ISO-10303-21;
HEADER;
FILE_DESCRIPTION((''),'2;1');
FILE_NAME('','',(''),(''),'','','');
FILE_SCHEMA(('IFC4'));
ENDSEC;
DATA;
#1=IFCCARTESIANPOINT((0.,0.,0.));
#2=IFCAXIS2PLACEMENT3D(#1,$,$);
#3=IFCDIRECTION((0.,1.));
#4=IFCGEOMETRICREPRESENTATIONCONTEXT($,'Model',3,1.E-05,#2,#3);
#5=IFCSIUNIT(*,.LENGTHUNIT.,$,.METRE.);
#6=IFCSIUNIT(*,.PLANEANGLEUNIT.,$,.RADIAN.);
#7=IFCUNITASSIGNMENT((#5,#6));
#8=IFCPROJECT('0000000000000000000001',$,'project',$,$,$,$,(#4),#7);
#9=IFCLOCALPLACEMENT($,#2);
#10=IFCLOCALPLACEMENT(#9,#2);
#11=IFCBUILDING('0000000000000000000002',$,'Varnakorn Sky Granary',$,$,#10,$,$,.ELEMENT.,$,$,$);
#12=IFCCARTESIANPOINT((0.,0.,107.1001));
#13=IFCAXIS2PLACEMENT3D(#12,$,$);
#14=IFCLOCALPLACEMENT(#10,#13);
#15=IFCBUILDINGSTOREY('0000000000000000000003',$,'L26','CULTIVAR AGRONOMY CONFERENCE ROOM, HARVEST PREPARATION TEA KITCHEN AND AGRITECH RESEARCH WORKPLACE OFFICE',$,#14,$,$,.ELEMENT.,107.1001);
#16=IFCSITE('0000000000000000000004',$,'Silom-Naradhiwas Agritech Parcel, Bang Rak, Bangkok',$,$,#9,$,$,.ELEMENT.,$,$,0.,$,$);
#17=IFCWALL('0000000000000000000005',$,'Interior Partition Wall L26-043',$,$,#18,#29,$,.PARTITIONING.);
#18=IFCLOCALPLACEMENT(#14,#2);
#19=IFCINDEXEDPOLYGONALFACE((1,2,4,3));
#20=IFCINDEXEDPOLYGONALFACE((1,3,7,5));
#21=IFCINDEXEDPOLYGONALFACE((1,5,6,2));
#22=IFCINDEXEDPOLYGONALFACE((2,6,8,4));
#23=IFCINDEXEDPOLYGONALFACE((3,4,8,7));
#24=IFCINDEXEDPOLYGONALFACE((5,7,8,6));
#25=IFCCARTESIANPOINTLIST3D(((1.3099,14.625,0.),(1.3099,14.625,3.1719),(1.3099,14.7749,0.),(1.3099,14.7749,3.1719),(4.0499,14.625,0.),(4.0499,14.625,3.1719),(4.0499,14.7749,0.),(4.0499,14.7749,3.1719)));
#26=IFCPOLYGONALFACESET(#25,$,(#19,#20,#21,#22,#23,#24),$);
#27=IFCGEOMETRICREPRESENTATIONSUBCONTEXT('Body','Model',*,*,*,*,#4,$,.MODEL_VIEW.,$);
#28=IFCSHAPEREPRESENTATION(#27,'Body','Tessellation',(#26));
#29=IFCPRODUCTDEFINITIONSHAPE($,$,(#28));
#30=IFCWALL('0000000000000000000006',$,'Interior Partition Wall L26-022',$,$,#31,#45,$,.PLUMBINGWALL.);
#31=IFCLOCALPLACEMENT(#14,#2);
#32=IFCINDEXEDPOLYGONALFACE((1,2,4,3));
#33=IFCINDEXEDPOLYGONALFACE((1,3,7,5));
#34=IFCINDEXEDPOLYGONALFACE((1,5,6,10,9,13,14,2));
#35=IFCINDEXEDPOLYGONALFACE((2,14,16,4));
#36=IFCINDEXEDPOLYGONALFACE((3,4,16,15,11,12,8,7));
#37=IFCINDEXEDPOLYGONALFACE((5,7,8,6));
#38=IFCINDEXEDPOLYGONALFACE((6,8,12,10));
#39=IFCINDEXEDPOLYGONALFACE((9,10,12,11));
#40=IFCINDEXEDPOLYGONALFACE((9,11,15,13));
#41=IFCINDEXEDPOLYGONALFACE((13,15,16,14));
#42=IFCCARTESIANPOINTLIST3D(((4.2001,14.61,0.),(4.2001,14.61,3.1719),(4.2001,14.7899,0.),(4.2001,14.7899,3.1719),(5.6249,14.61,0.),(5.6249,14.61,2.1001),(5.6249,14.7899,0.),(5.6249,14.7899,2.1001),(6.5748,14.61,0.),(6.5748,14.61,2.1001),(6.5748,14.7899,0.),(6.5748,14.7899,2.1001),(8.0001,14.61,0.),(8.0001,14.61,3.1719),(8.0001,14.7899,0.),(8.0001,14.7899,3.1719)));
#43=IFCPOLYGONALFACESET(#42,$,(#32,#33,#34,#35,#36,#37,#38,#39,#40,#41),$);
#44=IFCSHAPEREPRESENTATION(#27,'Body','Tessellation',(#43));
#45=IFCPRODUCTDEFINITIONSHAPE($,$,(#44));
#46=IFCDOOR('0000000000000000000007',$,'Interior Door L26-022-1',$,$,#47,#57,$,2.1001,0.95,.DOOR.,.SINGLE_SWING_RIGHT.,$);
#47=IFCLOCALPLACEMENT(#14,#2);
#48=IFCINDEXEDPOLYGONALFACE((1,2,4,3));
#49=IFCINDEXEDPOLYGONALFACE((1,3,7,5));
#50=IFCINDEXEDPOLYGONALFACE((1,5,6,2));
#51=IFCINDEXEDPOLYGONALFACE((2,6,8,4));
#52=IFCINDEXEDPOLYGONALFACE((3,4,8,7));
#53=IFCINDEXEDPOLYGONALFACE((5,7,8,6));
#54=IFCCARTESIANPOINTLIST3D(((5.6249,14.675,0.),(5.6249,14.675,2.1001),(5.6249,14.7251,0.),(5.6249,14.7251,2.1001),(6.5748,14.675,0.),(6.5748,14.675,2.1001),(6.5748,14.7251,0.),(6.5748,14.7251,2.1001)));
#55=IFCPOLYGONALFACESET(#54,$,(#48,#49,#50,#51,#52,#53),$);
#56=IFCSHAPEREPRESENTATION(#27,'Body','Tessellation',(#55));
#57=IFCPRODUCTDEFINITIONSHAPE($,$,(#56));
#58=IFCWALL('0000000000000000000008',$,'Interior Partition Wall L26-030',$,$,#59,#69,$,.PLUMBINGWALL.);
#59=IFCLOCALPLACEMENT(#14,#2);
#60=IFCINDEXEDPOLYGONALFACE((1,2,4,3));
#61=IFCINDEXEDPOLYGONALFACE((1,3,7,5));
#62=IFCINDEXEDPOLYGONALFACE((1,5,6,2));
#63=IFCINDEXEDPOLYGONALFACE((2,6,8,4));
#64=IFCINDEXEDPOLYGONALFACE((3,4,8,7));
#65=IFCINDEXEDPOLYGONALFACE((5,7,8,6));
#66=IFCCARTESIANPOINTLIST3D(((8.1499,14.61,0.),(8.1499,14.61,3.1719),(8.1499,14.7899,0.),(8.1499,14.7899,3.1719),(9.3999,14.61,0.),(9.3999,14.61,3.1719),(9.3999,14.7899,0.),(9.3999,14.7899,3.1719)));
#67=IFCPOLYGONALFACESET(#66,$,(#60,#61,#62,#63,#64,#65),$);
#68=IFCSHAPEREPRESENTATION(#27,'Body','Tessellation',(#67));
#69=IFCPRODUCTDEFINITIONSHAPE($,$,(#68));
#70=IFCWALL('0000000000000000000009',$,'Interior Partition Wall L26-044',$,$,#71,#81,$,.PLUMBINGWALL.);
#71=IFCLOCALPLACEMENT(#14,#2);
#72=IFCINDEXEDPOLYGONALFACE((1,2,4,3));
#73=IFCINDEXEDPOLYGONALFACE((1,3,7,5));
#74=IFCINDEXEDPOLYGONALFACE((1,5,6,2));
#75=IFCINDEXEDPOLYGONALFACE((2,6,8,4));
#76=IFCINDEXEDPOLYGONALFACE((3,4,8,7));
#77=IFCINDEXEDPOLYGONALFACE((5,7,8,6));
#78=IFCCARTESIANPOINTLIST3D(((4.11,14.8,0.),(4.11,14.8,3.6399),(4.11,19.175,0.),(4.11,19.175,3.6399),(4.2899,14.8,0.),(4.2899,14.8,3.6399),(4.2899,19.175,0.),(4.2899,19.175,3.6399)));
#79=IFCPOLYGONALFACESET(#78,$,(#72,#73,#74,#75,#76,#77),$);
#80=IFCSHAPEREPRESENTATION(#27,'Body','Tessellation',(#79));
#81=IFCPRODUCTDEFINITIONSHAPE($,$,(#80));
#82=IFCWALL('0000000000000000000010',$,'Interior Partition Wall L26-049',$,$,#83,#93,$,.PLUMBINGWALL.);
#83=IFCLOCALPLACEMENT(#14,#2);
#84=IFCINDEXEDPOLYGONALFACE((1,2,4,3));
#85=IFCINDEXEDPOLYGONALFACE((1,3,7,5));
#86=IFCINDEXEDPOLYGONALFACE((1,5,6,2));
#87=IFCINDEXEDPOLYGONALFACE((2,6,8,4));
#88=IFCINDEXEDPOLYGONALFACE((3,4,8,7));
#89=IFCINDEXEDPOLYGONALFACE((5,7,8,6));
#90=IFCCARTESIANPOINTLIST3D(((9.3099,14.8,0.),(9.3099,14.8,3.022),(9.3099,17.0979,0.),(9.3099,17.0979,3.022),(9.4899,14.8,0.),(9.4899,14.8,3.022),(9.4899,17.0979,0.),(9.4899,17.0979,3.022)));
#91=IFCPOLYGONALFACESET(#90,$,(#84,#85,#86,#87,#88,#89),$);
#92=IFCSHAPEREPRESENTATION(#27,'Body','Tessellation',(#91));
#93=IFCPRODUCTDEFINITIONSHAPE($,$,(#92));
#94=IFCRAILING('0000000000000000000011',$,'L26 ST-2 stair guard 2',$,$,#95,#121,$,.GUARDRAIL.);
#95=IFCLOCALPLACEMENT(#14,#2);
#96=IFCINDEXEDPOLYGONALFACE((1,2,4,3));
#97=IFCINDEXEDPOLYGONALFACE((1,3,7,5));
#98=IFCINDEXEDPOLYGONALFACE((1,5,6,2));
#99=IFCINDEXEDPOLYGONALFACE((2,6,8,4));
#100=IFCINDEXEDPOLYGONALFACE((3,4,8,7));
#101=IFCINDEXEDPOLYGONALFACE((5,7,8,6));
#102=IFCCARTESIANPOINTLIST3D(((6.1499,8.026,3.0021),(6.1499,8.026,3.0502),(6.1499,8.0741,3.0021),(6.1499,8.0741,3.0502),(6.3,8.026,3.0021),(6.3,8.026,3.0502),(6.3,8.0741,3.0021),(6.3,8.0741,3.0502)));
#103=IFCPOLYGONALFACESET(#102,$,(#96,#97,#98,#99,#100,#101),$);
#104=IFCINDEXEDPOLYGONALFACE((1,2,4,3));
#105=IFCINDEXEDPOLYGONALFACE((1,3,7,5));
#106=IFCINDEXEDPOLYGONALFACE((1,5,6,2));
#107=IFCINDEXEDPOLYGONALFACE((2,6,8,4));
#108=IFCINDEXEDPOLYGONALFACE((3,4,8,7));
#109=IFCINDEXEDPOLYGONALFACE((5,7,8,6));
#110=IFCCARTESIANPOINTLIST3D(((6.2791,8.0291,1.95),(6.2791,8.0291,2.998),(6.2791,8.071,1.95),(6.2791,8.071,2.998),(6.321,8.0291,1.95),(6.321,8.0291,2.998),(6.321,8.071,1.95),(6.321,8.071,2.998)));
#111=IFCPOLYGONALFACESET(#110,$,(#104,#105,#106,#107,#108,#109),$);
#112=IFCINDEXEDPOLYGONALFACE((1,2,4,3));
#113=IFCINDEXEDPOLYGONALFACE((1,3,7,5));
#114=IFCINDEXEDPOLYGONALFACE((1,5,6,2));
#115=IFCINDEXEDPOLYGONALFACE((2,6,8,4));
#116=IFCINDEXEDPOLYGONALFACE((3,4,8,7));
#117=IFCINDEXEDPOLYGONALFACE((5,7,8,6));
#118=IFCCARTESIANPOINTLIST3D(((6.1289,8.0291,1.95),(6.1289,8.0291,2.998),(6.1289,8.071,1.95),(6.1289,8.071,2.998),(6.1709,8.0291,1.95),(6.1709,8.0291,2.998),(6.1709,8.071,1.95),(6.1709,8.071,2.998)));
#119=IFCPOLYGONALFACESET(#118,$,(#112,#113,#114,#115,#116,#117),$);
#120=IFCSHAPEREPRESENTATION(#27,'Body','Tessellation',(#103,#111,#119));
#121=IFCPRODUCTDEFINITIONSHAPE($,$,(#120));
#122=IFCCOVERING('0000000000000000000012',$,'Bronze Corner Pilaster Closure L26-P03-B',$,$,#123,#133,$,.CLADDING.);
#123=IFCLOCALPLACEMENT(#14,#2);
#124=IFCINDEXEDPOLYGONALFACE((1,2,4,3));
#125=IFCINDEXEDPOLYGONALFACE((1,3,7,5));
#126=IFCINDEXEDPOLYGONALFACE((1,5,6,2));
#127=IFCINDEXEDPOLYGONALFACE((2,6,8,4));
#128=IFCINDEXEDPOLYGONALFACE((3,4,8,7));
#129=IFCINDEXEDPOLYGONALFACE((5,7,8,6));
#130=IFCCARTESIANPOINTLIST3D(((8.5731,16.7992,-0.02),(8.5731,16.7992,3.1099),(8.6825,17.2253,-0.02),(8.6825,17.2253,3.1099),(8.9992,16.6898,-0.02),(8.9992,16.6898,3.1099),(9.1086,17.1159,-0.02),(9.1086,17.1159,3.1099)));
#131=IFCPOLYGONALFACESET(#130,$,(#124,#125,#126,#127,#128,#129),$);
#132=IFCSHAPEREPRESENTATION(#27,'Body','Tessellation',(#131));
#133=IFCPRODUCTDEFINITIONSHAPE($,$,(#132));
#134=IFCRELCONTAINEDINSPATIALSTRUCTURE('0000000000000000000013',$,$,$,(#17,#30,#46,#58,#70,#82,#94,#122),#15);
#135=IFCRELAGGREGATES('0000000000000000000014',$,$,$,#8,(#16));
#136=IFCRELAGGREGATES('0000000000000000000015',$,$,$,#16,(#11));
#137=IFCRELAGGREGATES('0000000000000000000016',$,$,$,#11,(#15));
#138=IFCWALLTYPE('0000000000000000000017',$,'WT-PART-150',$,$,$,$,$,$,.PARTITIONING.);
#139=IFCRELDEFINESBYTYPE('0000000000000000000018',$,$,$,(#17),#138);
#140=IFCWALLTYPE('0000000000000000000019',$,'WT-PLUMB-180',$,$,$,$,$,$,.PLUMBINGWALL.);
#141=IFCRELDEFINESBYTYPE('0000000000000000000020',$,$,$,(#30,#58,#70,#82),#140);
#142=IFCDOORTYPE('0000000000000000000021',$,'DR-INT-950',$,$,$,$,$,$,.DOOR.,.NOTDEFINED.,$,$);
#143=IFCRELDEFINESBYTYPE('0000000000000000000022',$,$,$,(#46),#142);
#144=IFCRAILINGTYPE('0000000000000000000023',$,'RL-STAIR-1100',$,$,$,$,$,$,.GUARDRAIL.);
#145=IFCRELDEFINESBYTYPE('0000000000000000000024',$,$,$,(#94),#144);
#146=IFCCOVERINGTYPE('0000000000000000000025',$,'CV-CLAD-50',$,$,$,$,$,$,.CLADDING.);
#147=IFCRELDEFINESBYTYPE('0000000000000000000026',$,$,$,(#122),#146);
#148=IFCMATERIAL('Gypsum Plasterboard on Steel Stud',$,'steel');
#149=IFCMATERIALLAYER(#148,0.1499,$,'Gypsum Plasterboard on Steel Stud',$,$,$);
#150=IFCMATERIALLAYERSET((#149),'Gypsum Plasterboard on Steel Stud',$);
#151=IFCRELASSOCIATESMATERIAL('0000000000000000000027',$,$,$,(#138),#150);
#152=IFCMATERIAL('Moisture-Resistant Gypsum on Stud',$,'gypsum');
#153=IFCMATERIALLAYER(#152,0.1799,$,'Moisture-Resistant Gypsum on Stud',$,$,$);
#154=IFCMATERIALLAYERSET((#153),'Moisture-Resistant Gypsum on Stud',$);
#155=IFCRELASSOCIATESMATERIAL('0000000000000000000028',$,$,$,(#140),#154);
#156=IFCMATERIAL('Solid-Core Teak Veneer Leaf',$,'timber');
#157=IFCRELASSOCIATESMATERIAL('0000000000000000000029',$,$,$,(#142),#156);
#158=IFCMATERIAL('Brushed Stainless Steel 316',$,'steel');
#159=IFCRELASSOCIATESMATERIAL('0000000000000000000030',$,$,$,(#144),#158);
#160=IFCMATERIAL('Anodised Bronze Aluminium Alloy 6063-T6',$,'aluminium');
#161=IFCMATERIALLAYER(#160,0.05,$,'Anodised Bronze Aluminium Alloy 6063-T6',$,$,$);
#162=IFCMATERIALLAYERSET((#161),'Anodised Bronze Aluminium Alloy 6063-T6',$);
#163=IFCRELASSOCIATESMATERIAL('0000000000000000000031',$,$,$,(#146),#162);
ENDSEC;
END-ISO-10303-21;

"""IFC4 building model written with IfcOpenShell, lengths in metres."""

from ifc_helpers import new_model, si_unit, direction, frame, frame_2d, origin, origin_2d, place, context, subcontext, project, spatial, rectangle, extrude, source, transform, mapped, material, layer, layer_set, type_object, type_shapes, element, fill, save


model = new_model("IFC4")

# Units and contexts
model_context = context("Model", 3, precision=1e-05, world=origin(), true_north=direction((0.0, 1.0)))
body_context = subcontext(model_context, "Body", "Model", "MODEL_VIEW")
ifc_project = project(units=[si_unit("LENGTHUNIT", "METRE"), si_unit("PLANEANGLEUNIT", "RADIAN")], contexts=[model_context])

# Site, building, storey
site_placement = place(None, origin())
site = spatial("IfcSite", under=ifc_project, at=site_placement, Name="Silom-Naradhiwas Agritech Parcel, Bang Rak, Bangkok", CompositionType="ELEMENT", RefElevation=0.0)
building_placement = place(site_placement, origin())
building = spatial("IfcBuilding", under=site, at=building_placement, Name="Varnakorn Sky Granary", CompositionType="ELEMENT")
storey_placement = place(building_placement, frame((0.0, 0.0, 107.1001)))
storey = spatial("IfcBuildingStorey", under=building, at=storey_placement, Name="L26", Description="CULTIVAR AGRONOMY CONFERENCE ROOM, HARVEST PREPARATION TEA KITCHEN AND AGRITECH RESEARCH WORKPLACE OFFICE", CompositionType="ELEMENT", Elevation=107.1001)

# Shared definitions
ifc_material_1 = material(Name="Anodised Bronze Aluminium Alloy 6063-T6", Category="aluminium")

# Wall
ifc_material_2 = material(Name="Gypsum Plasterboard on Steel Stud", Category="steel")
ifc_layer_1 = layer(ifc_material_2, 0.1499, Name="Gypsum Plasterboard on Steel Stud")
ifc_layer_set_1 = layer_set([ifc_layer_1], Name="Gypsum Plasterboard on Steel Stud")
wall_type_1 = type_object("IfcWallType", Name="WT-PART-150", PredefinedType="PARTITIONING", material=ifc_layer_set_1)
wall_1_placement = place(storey_placement, frame((4.05, 14.7, 0.0), z_axis=(0.0, 0.0, 1.0), x_axis=(-1.0, 0.0, 0.0)))
element("IfcWall", 1, at=wall_1_placement, inside=storey, type_object=wall_type_1, Name="Interior Partition Wall L26-043", PredefinedType="PARTITIONING", context=body_context, shape_type="SweptSolid", body=[
    extrude(rectangle(XDim=2.74, YDim=0.1499, at=frame_2d((1.3701, 0.0))), origin(), (0.0, 0.0, 1.0), 3.1719),
])

# Wall, opening, door
ifc_material_3 = material(Name="Moisture-Resistant Gypsum on Stud", Category="gypsum")
ifc_layer_2 = layer(ifc_material_3, 0.1799, Name="Moisture-Resistant Gypsum on Stud")
ifc_layer_set_2 = layer_set([ifc_layer_2], Name="Moisture-Resistant Gypsum on Stud")
wall_type_2 = type_object("IfcWallType", Name="WT-PLUMB-180", PredefinedType="PLUMBINGWALL", material=ifc_layer_set_2)
wall_2_placement = place(storey_placement, frame((8.0, 14.7, 0.0), z_axis=(0.0, 0.0, 1.0), x_axis=(-1.0, 0.0, 0.0)))
wall_2 = element("IfcWall", 2, at=wall_2_placement, inside=storey, type_object=wall_type_2, Name="Interior Partition Wall L26-022", PredefinedType="PLUMBINGWALL", context=body_context, shape_type="SweptSolid", body=[
    extrude(rectangle(XDim=3.8, YDim=0.1799, at=frame_2d((1.8999, 0.0))), origin(), (0.0, 0.0, 1.0), 3.1719),
])
opening_placement = place(wall_2_placement, frame((1.425, 0.0, 0.0)))
opening = element("IfcOpeningElement", 3, at=opening_placement, cuts=wall_2, PredefinedType="OPENING", context=body_context, shape_type="SweptSolid", body=[
    extrude(rectangle(XDim=0.95, YDim=2.1001, at=frame_2d((0.4751, 1.05))), frame((0.0, 0.1001, 0.0), z_axis=(0.0, -1.0, 0.0), x_axis=(1.0, 0.0, 0.0)), (0.0, 0.0, 1.0), 0.2),
])
ifc_material_4 = material(Name="Solid-Core Teak Veneer Leaf", Category="timber")
door_type = type_object("IfcDoorType", Name="DR-INT-950", OperationType="NOTDEFINED", PredefinedType="DOOR", material=ifc_material_4)
door_placement = place(opening_placement, origin())
door = element("IfcDoor", 4, at=door_placement, inside=storey, type_object=door_type, Name="Interior Door L26-022-1", OperationType="SINGLE_SWING_RIGHT", OverallHeight=2.1001, OverallWidth=0.95, PredefinedType="DOOR", context=body_context, shape_type="SweptSolid", body=[
    extrude(rectangle(XDim=0.95, YDim=2.1001, at=frame_2d((0.4751, 1.05))), frame((0.0, 0.0249, 0.0), z_axis=(0.0, -1.0, 0.0), x_axis=(1.0, 0.0, 0.0)), (0.0, 0.0, 1.0), 0.05),
])
fill(opening, door)

# Walls
wall_3_placement = place(storey_placement, frame((9.3999, 14.7, 0.0), z_axis=(0.0, 0.0, 1.0), x_axis=(-1.0, 0.0, 0.0)))
element("IfcWall", 5, at=wall_3_placement, inside=storey, type_object=wall_type_2, Name="Interior Partition Wall L26-030", PredefinedType="PLUMBINGWALL", context=body_context, shape_type="SweptSolid", body=[
    extrude(rectangle(XDim=1.25, YDim=0.1799, at=frame_2d((0.625, 0.0))), origin(), (0.0, 0.0, 1.0), 3.1719),
])
wall_4_placement = place(storey_placement, frame((4.2, 19.175, 0.0), z_axis=(0.0, 0.0, 1.0), x_axis=(0.0, -1.0, 0.0)))
element("IfcWall", 6, at=wall_4_placement, inside=storey, type_object=wall_type_2, Name="Interior Partition Wall L26-044", PredefinedType="PLUMBINGWALL", context=body_context, shape_type="SweptSolid", body=[
    extrude(rectangle(XDim=4.375, YDim=0.1799, at=frame_2d((2.1875, 0.0))), origin(), (0.0, 0.0, 1.0), 3.6399),
])
wall_5_placement = place(storey_placement, frame((9.3999, 14.8, 0.0), z_axis=(0.0, 0.0, 1.0), x_axis=(0.0, 1.0, 0.0)))
element("IfcWall", 7, at=wall_5_placement, inside=storey, type_object=wall_type_2, Name="Interior Partition Wall L26-049", PredefinedType="PLUMBINGWALL", context=body_context, shape_type="SweptSolid", body=[
    extrude(rectangle(XDim=2.2979, YDim=0.1799, at=frame_2d((1.1489, 0.0))), origin(), (0.0, 0.0, 1.0), 3.022),
])

# Railing
ifc_material_5 = material(Name="Brushed Stainless Steel 316", Category="steel")
railing_type = type_object("IfcRailingType", Name="RL-STAIR-1100", PredefinedType="GUARDRAIL", material=ifc_material_5)
railing_placement = place(storey_placement, frame((6.3, 8.05, 1.95)))
element("IfcRailing", 8, at=railing_placement, inside=storey, type_object=railing_type, Name="L26 ST-2 stair guard 2", PredefinedType="GUARDRAIL", context=body_context, shape_type="SweptSolid", body=[
    extrude(rectangle(XDim=0.0481, YDim=0.0481, at=origin_2d()), frame((0.0, 0.0, 1.0762), z_axis=(-1.0, 0.0, 0.0), x_axis=(0.0, -1.0, 0.0)), (0.0, 0.0, 1.0), 0.1501),
    extrude(rectangle(XDim=0.042, YDim=0.042, at=origin_2d()), origin(), (0.0, 0.0, 1.0), 1.0481),
    extrude(rectangle(XDim=0.042, YDim=0.042, at=origin_2d()), frame((-0.1501, 0.0, 0.0)), (0.0, 0.0, 1.0), 1.0481),
])

# Covering
ifc_layer_3 = layer(ifc_material_1, 0.05, Name="Anodised Bronze Aluminium Alloy 6063-T6")
ifc_layer_set_3 = layer_set([ifc_layer_3], Name="Anodised Bronze Aluminium Alloy 6063-T6")
covering_type = type_object("IfcCoveringType", Name="CV-CLAD-50", PredefinedType="CLADDING", material=ifc_layer_set_3)
shared_shape = source(origin(), body_context, "Body", "SweptSolid", [
    extrude(rectangle(XDim=0.4399, YDim=0.4399, at=origin_2d()), origin(), (0.0, 0.0, 1.0), 3.1299),
])
type_shapes(covering_type, [shared_shape])
covering_placement = place(storey_placement, frame((8.8408, 16.9575, -0.02), z_axis=(0.0, 0.0, 1.0), x_axis=(0.968583, -0.24869, 0.0)))
element("IfcCovering", 9, at=covering_placement, inside=storey, type_object=covering_type, Name="Bronze Corner Pilaster Closure L26-P03-B", PredefinedType="CLADDING", context=body_context, shape_type="MappedRepresentation", body=[
    mapped(shared_shape, transform((0.0, 0.0, 0.0), x_axis=(1.0, 0.0, 0.0), y_axis=(0.0, 1.0, 0.0), z_axis=(0.0, 0.0, 1.0), scale=1.0)),
])

save(model, "model.ifc")
